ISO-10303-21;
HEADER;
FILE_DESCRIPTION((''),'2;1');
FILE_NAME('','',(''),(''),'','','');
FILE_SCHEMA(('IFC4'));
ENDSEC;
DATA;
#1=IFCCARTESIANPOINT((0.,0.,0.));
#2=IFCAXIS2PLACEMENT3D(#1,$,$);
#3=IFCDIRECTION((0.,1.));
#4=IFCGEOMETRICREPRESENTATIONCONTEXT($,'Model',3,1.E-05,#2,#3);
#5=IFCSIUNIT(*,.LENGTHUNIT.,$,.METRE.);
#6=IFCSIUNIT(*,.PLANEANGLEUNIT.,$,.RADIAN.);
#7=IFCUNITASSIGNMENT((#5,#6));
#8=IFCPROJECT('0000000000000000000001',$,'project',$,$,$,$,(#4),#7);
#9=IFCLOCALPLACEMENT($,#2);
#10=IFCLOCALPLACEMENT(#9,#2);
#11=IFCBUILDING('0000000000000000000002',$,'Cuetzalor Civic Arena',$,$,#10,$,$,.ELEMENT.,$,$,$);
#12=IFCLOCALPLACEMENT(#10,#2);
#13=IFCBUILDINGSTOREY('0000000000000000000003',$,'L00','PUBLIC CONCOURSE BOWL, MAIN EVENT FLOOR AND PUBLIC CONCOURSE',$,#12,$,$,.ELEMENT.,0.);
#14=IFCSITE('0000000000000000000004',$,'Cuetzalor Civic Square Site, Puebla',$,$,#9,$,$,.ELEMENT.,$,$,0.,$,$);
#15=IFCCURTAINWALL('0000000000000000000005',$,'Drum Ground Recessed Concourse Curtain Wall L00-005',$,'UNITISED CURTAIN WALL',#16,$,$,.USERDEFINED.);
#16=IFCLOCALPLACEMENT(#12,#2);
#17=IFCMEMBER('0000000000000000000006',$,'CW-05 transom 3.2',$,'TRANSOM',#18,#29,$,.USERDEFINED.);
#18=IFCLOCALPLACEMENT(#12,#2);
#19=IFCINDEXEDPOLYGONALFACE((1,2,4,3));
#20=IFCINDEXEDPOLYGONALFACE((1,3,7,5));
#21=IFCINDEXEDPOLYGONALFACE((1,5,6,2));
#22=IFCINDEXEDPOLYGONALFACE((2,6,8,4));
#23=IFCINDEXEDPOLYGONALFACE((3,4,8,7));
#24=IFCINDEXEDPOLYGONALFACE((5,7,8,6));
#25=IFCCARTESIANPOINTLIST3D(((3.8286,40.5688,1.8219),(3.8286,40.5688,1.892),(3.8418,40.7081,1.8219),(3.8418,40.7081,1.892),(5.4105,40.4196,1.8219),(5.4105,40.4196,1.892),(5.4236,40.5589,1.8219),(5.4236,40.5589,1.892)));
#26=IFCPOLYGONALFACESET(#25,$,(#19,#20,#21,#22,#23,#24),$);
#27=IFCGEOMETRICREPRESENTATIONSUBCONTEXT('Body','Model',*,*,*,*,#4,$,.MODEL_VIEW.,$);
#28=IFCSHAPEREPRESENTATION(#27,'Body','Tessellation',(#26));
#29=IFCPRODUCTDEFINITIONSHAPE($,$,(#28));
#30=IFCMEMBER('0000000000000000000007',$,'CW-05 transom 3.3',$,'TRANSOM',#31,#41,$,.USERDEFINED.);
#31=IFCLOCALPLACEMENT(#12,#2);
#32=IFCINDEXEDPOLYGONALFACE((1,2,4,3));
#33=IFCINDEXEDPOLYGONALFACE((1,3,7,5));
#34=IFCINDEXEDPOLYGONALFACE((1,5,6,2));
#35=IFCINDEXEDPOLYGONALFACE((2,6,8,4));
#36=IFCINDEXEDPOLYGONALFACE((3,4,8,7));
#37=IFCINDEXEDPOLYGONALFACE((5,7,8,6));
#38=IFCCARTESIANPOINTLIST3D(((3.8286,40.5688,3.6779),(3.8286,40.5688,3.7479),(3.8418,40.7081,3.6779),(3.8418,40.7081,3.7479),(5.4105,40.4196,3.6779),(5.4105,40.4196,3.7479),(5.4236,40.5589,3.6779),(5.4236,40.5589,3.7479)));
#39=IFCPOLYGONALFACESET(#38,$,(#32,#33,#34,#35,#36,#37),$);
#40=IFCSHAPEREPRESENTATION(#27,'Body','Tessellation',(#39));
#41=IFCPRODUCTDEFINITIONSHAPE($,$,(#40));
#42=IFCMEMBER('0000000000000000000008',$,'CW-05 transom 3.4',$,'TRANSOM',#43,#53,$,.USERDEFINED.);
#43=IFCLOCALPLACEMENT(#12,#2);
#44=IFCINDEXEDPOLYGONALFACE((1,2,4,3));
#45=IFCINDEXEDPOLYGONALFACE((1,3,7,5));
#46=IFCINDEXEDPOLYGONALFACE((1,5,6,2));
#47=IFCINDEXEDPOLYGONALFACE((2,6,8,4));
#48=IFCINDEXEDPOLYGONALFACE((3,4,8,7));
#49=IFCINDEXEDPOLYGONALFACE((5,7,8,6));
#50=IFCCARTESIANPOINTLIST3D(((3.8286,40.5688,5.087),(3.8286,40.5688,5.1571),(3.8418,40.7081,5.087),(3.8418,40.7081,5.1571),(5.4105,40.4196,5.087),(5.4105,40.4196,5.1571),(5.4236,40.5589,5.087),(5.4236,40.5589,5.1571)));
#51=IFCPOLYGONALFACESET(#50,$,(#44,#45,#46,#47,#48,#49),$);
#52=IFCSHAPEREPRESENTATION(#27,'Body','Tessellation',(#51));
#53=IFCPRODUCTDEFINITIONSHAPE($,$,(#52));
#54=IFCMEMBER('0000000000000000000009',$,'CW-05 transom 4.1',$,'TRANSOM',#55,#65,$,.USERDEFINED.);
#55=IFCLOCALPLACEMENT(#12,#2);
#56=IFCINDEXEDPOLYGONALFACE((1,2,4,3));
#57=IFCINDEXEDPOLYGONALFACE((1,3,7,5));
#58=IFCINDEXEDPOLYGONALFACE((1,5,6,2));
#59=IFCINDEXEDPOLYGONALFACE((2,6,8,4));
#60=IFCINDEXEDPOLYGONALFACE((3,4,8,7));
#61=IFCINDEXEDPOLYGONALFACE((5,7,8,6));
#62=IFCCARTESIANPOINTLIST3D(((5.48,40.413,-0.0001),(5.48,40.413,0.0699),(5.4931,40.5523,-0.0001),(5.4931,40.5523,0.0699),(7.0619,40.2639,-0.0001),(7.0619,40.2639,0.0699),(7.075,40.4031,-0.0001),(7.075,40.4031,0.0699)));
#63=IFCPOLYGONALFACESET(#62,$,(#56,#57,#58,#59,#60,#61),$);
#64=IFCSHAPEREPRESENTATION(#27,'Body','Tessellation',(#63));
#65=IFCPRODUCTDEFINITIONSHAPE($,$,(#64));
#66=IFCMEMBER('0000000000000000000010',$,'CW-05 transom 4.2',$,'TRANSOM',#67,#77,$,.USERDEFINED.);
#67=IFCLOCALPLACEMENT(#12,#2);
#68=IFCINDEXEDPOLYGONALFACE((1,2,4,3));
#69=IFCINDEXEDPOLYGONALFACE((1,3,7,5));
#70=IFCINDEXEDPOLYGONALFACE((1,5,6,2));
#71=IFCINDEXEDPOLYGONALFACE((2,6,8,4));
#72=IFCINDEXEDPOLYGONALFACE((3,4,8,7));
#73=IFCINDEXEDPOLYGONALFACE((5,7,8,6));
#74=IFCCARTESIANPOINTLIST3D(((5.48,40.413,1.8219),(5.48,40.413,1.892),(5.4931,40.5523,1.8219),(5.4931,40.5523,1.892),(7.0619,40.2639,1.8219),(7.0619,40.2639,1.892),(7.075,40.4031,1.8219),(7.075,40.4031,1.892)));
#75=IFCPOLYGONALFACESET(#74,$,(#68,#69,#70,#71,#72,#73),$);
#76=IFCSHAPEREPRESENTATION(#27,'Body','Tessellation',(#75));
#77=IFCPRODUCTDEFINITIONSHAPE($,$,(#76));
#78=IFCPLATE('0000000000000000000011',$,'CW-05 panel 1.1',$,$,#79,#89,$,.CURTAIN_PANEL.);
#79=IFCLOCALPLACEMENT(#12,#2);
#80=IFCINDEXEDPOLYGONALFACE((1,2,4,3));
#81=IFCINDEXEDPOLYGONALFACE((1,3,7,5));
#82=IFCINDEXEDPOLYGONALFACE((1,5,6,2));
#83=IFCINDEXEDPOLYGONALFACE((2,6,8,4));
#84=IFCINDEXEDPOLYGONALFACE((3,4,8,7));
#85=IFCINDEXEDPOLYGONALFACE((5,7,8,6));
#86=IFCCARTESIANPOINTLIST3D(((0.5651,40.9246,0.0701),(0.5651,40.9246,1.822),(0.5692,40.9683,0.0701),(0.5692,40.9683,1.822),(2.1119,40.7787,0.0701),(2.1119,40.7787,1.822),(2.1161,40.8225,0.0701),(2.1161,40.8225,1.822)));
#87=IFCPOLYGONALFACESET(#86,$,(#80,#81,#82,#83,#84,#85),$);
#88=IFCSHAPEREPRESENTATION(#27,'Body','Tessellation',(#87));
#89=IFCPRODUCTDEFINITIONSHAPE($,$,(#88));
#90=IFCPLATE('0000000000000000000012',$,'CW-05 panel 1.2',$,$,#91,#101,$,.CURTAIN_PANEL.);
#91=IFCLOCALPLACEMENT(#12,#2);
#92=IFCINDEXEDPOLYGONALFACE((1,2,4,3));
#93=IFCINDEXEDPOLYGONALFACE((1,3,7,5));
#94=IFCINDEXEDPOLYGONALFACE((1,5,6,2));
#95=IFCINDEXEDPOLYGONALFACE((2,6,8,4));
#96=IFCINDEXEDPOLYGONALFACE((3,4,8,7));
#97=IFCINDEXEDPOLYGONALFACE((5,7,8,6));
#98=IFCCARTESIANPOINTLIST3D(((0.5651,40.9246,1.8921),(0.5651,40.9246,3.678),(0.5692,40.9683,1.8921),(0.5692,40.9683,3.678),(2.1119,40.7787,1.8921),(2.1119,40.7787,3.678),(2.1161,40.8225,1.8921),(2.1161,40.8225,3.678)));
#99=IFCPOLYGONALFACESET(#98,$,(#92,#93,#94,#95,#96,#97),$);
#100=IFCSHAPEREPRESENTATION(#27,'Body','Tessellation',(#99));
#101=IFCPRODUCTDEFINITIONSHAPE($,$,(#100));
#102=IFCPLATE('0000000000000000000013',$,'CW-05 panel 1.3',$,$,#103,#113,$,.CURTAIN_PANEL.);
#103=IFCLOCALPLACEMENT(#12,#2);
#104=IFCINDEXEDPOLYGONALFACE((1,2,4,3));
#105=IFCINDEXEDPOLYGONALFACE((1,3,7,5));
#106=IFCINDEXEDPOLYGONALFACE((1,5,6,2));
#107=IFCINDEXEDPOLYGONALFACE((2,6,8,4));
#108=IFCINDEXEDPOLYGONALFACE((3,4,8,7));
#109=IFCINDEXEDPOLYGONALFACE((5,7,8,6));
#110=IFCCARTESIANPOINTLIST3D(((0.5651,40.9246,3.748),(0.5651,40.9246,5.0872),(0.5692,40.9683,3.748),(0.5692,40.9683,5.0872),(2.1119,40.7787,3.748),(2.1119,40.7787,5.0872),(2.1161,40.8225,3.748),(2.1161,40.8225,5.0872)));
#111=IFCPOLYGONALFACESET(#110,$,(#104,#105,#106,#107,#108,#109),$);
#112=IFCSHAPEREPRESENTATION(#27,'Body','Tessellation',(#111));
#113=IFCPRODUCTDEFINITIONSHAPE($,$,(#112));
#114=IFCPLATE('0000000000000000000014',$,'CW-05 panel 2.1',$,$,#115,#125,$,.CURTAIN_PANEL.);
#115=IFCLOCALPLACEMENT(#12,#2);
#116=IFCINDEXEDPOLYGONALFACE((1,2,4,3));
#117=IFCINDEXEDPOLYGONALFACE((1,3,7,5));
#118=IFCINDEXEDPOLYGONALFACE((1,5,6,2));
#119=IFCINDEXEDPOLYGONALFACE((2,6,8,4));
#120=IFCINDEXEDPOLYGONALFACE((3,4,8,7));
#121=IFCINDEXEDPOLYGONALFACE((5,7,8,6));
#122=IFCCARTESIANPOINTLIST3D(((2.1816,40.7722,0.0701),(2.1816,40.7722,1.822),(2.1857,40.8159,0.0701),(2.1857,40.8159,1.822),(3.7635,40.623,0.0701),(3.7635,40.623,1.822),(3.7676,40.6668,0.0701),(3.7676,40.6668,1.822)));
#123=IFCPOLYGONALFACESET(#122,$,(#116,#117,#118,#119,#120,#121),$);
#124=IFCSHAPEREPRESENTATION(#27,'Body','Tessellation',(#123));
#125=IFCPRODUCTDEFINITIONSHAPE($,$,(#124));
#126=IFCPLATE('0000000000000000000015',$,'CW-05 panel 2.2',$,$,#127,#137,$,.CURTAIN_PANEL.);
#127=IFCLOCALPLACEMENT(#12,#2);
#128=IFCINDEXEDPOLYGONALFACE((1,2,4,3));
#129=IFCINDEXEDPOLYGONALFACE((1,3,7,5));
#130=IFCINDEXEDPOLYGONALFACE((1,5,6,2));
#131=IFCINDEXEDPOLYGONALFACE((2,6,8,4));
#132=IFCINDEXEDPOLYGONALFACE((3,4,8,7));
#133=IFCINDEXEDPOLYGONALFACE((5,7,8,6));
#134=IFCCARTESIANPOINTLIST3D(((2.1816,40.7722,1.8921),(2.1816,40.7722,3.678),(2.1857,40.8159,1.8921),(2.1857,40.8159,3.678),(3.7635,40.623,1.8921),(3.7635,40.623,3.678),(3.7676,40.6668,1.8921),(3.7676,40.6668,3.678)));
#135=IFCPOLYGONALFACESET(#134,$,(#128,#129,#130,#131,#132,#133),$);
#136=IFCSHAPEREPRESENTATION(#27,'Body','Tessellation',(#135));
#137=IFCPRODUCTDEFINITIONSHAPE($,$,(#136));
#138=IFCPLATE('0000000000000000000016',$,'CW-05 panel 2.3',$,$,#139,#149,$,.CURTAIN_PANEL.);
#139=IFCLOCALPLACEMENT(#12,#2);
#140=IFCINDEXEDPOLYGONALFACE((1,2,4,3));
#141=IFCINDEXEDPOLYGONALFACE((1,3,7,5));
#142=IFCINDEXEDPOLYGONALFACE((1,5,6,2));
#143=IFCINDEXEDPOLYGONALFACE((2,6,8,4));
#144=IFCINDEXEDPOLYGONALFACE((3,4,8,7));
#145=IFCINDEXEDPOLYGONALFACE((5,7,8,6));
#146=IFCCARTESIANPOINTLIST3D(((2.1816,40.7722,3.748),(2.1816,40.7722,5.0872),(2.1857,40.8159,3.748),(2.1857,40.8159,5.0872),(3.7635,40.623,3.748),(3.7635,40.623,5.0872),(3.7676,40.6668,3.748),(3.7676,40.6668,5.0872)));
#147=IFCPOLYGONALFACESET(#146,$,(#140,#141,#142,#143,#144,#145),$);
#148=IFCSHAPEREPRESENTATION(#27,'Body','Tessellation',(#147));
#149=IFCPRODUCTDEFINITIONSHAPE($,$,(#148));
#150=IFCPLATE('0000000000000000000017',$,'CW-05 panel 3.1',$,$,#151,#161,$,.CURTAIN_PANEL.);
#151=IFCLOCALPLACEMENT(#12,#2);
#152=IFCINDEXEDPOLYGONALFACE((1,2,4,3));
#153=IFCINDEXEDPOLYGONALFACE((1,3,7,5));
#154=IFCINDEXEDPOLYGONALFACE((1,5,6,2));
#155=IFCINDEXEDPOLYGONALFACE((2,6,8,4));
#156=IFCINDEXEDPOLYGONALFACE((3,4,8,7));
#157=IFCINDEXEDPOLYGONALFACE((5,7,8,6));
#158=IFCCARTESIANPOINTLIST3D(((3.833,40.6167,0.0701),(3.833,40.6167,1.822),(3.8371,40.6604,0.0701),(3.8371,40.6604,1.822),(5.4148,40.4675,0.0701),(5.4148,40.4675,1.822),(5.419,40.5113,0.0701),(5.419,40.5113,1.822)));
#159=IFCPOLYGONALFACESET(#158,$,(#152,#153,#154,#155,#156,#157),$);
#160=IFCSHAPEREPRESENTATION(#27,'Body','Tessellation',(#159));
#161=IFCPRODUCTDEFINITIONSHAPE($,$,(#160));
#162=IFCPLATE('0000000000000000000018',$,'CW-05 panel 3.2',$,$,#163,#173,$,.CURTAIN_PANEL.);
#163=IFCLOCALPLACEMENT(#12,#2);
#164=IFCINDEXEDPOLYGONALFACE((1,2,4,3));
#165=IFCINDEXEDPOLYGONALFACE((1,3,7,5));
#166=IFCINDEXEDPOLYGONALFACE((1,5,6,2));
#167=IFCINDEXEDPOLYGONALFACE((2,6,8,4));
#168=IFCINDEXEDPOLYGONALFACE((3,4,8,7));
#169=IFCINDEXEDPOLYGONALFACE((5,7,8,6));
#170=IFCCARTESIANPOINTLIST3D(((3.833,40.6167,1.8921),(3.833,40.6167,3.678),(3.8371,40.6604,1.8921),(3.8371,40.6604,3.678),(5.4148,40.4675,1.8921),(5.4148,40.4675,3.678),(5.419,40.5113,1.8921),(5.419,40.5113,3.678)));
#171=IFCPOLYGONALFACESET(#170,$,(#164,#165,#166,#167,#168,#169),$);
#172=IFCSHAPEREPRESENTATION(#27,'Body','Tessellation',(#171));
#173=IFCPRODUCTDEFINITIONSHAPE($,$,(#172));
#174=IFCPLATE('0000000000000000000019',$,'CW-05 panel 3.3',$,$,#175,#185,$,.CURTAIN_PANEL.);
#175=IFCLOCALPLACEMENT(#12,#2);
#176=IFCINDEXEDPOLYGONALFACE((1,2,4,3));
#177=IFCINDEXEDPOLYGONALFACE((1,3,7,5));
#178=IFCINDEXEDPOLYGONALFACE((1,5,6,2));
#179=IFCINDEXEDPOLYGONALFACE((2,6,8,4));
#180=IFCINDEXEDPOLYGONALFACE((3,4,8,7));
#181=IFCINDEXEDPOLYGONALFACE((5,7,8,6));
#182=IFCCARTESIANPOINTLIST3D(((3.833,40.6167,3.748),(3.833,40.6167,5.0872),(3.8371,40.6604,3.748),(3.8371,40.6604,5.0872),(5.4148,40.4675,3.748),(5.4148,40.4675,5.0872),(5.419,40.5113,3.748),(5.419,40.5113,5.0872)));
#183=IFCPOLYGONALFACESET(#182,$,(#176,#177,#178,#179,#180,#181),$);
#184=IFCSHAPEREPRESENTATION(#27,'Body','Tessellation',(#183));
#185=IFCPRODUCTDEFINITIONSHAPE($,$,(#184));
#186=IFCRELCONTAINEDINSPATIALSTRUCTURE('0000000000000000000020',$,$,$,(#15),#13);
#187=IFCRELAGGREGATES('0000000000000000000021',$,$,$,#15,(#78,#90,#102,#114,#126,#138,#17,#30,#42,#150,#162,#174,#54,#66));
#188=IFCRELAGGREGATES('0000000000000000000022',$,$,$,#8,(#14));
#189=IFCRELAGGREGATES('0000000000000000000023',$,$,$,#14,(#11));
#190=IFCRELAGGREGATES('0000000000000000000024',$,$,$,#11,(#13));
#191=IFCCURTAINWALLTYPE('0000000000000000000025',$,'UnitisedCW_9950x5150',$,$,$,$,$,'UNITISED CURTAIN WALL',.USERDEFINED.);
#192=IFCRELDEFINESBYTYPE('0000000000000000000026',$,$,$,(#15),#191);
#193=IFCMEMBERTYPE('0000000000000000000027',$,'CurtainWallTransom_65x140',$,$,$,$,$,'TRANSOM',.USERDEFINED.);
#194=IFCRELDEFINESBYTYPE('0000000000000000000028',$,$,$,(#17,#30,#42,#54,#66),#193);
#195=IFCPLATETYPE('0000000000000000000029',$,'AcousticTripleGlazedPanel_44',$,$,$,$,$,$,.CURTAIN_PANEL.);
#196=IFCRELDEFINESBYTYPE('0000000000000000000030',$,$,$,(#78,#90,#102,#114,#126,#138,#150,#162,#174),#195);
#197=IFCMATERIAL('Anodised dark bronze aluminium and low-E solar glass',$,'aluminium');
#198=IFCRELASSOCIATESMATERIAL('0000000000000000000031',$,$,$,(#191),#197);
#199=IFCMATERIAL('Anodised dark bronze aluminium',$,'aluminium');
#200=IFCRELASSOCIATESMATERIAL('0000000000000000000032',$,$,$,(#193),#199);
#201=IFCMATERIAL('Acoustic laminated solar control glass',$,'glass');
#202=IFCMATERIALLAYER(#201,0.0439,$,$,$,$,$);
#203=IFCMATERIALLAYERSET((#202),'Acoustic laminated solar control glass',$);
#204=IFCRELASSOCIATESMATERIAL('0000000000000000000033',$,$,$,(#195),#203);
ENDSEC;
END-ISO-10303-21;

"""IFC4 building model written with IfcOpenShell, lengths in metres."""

from ifc_helpers import new_model, si_unit, direction, frame, origin, origin_2d, place, context, subcontext, project, spatial, rectangle, extrude, material, layer, layer_set, material_profile, profile_set, type_object, element, aggregate, save


model = new_model("IFC4")

# Units and contexts
model_context = context("Model", 3, precision=1e-05, world=origin(), true_north=direction((0.0, 1.0)))
body_context = subcontext(model_context, "Body", "Model", "MODEL_VIEW")
ifc_project = project(units=[si_unit("LENGTHUNIT", "METRE"), si_unit("PLANEANGLEUNIT", "RADIAN")], contexts=[model_context])

# Site, building, storey
site_placement = place(None, origin())
site = spatial("IfcSite", under=ifc_project, at=site_placement, Name="Cuetzalor Civic Square Site, Puebla", CompositionType="ELEMENT", RefElevation=0.0)
building_placement = place(site_placement, origin())
building = spatial("IfcBuilding", under=site, at=building_placement, Name="Cuetzalor Civic Arena", CompositionType="ELEMENT")
storey_placement = place(building_placement, origin())
storey = spatial("IfcBuildingStorey", under=building, at=storey_placement, Name="L00", Description="PUBLIC CONCOURSE BOWL, MAIN EVENT FLOOR AND PUBLIC CONCOURSE", CompositionType="ELEMENT", Elevation=0.0)

# Curtain wall, members, plates
ifc_material_1 = material(Name="Anodised dark bronze aluminium and low-E solar glass", Category="aluminium")
curtain_wall_type = type_object("IfcCurtainWallType", Name="UnitisedCW_9950x5150", ElementType="UNITISED CURTAIN WALL", PredefinedType="USERDEFINED", material=ifc_material_1)
curtain_wall_placement = place(storey_placement, origin())
curtain_wall = element("IfcCurtainWall", 1, at=curtain_wall_placement, inside=storey, type_object=curtain_wall_type, Name="Drum Ground Recessed Concourse Curtain Wall L00-005", ObjectType="UNITISED CURTAIN WALL", PredefinedType="USERDEFINED")
ifc_material_2 = material(Name="Anodised dark bronze aluminium", Category="aluminium")
ifc_material_profile_1 = material_profile(ifc_material_2, rectangle(XDim=0.1399, YDim=0.0701, at=origin_2d()), Name="ALU TRANSOM 70x140")
ifc_profile_set_1 = profile_set([ifc_material_profile_1], Name="Anodised dark bronze aluminium")
member_type_1 = type_object("IfcMemberType", Name="CurtainWallTransom_65x140", ElementType="TRANSOM", PredefinedType="USERDEFINED", material=ifc_profile_set_1)
member_1_placement = place(storey_placement, frame((3.8352, 40.6384, 1.8569), z_axis=(0.995583, -0.093888, 0.0), x_axis=(0.093888, 0.995583, 0.0)))
member_1 = element("IfcMember", 2, at=member_1_placement, type_object=member_type_1, Name="CW-05 transom 3.2", ObjectType="TRANSOM", PredefinedType="USERDEFINED", context=body_context, shape_type="SweptSolid", body=[
    extrude(rectangle(XDim=0.1399, YDim=0.0701, at=origin_2d()), origin(), (0.0, 0.0, 1.0), 1.5889),
])
member_2_placement = place(storey_placement, frame((3.8352, 40.6384, 3.7129), z_axis=(0.995583, -0.093888, 0.0), x_axis=(0.093888, 0.995583, 0.0)))
member_2 = element("IfcMember", 3, at=member_2_placement, type_object=member_type_1, Name="CW-05 transom 3.3", ObjectType="TRANSOM", PredefinedType="USERDEFINED", context=body_context, shape_type="SweptSolid", body=[
    extrude(rectangle(XDim=0.1399, YDim=0.0701, at=origin_2d()), origin(), (0.0, 0.0, 1.0), 1.5889),
])
member_3_placement = place(storey_placement, frame((3.8352, 40.6384, 5.1221), z_axis=(0.995583, -0.093888, 0.0), x_axis=(0.093888, 0.995583, 0.0)))
member_3 = element("IfcMember", 4, at=member_3_placement, type_object=member_type_1, Name="CW-05 transom 3.4", ObjectType="TRANSOM", PredefinedType="USERDEFINED", context=body_context, shape_type="SweptSolid", body=[
    extrude(rectangle(XDim=0.1399, YDim=0.0701, at=origin_2d()), origin(), (0.0, 0.0, 1.0), 1.5889),
])
member_4_placement = place(storey_placement, frame((5.4866, 40.4827, 0.0349), z_axis=(0.995583, -0.093888, 0.0), x_axis=(0.093888, 0.995583, 0.0)))
member_4 = element("IfcMember", 5, at=member_4_placement, type_object=member_type_1, Name="CW-05 transom 4.1", ObjectType="TRANSOM", PredefinedType="USERDEFINED", context=body_context, shape_type="SweptSolid", body=[
    extrude(rectangle(XDim=0.1399, YDim=0.0701, at=origin_2d()), origin(), (0.0, 0.0, 1.0), 1.5889),
])
member_5_placement = place(storey_placement, frame((5.4866, 40.4827, 1.8569), z_axis=(0.995583, -0.093888, 0.0), x_axis=(0.093888, 0.995583, 0.0)))
member_5 = element("IfcMember", 6, at=member_5_placement, type_object=member_type_1, Name="CW-05 transom 4.2", ObjectType="TRANSOM", PredefinedType="USERDEFINED", context=body_context, shape_type="SweptSolid", body=[
    extrude(rectangle(XDim=0.1399, YDim=0.0701, at=origin_2d()), origin(), (0.0, 0.0, 1.0), 1.5889),
])
ifc_material_3 = material(Name="Acoustic laminated solar control glass", Category="glass")
ifc_layer_1 = layer(ifc_material_3, 0.0439)
ifc_layer_set_1 = layer_set([ifc_layer_1], Name="Acoustic laminated solar control glass")
plate_type = type_object("IfcPlateType", Name="AcousticTripleGlazedPanel_44", PredefinedType="CURTAIN_PANEL", material=ifc_layer_set_1)
plate_1_placement = place(storey_placement, frame((1.3406, 40.8735, 0.0701), z_axis=(0.0, 0.0, 1.0), x_axis=(0.995585, -0.093863, 0.0)))
plate_1 = element("IfcPlate", 7, at=plate_1_placement, type_object=plate_type, Name="CW-05 panel 1.1", PredefinedType="CURTAIN_PANEL", context=body_context, shape_type="SweptSolid", body=[
    extrude(rectangle(XDim=1.5537, YDim=0.0439, at=origin_2d()), origin(), (0.0, 0.0, 1.0), 1.752),
])
plate_2_placement = place(storey_placement, frame((1.3406, 40.8735, 1.8921), z_axis=(0.0, 0.0, 1.0), x_axis=(0.995585, -0.093863, 0.0)))
plate_2 = element("IfcPlate", 8, at=plate_2_placement, type_object=plate_type, Name="CW-05 panel 1.2", PredefinedType="CURTAIN_PANEL", context=body_context, shape_type="SweptSolid", body=[
    extrude(rectangle(XDim=1.5537, YDim=0.0439, at=origin_2d()), origin(), (0.0, 0.0, 1.0), 1.7859),
])
plate_3_placement = place(storey_placement, frame((1.3406, 40.8735, 3.748), z_axis=(0.0, 0.0, 1.0), x_axis=(0.995585, -0.093863, 0.0)))
plate_3 = element("IfcPlate", 9, at=plate_3_placement, type_object=plate_type, Name="CW-05 panel 1.3", PredefinedType="CURTAIN_PANEL", context=body_context, shape_type="SweptSolid", body=[
    extrude(rectangle(XDim=1.5537, YDim=0.0439, at=origin_2d()), origin(), (0.0, 0.0, 1.0), 1.3391),
])
plate_4_placement = place(storey_placement, frame((2.9746, 40.7195, 0.0701), z_axis=(0.0, 0.0, 1.0), x_axis=(0.995585, -0.093863, 0.0)))
plate_4 = element("IfcPlate", 10, at=plate_4_placement, type_object=plate_type, Name="CW-05 panel 2.1", PredefinedType="CURTAIN_PANEL", context=body_context, shape_type="SweptSolid", body=[
    extrude(rectangle(XDim=1.5889, YDim=0.0439, at=origin_2d()), origin(), (0.0, 0.0, 1.0), 1.752),
])
plate_5_placement = place(storey_placement, frame((2.9746, 40.7195, 1.8921), z_axis=(0.0, 0.0, 1.0), x_axis=(0.995585, -0.093863, 0.0)))
plate_5 = element("IfcPlate", 11, at=plate_5_placement, type_object=plate_type, Name="CW-05 panel 2.2", PredefinedType="CURTAIN_PANEL", context=body_context, shape_type="SweptSolid", body=[
    extrude(rectangle(XDim=1.5889, YDim=0.0439, at=origin_2d()), origin(), (0.0, 0.0, 1.0), 1.7859),
])
plate_6_placement = place(storey_placement, frame((2.9746, 40.7195, 3.748), z_axis=(0.0, 0.0, 1.0), x_axis=(0.995585, -0.093863, 0.0)))
plate_6 = element("IfcPlate", 12, at=plate_6_placement, type_object=plate_type, Name="CW-05 panel 2.3", PredefinedType="CURTAIN_PANEL", context=body_context, shape_type="SweptSolid", body=[
    extrude(rectangle(XDim=1.5889, YDim=0.0439, at=origin_2d()), origin(), (0.0, 0.0, 1.0), 1.3391),
])
plate_7_placement = place(storey_placement, frame((4.626, 40.564, 0.0701), z_axis=(0.0, 0.0, 1.0), x_axis=(0.995585, -0.093863, 0.0)))
plate_7 = element("IfcPlate", 13, at=plate_7_placement, type_object=plate_type, Name="CW-05 panel 3.1", PredefinedType="CURTAIN_PANEL", context=body_context, shape_type="SweptSolid", body=[
    extrude(rectangle(XDim=1.5889, YDim=0.0439, at=origin_2d()), origin(), (0.0, 0.0, 1.0), 1.752),
])
plate_8_placement = place(storey_placement, frame((4.626, 40.564, 1.8921), z_axis=(0.0, 0.0, 1.0), x_axis=(0.995585, -0.093863, 0.0)))
plate_8 = element("IfcPlate", 14, at=plate_8_placement, type_object=plate_type, Name="CW-05 panel 3.2", PredefinedType="CURTAIN_PANEL", context=body_context, shape_type="SweptSolid", body=[
    extrude(rectangle(XDim=1.5889, YDim=0.0439, at=origin_2d()), origin(), (0.0, 0.0, 1.0), 1.7859),
])
plate_9_placement = place(storey_placement, frame((4.626, 40.564, 3.748), z_axis=(0.0, 0.0, 1.0), x_axis=(0.995585, -0.093863, 0.0)))
plate_9 = element("IfcPlate", 15, at=plate_9_placement, type_object=plate_type, Name="CW-05 panel 3.3", PredefinedType="CURTAIN_PANEL", context=body_context, shape_type="SweptSolid", body=[
    extrude(rectangle(XDim=1.5889, YDim=0.0439, at=origin_2d()), origin(), (0.0, 0.0, 1.0), 1.3391),
])
aggregate(curtain_wall, [plate_1, plate_2, plate_3, plate_4, plate_5, plate_6, member_1, member_2, member_3, plate_7, plate_8, plate_9, member_4, member_5])

save(model, "model.ifc")
